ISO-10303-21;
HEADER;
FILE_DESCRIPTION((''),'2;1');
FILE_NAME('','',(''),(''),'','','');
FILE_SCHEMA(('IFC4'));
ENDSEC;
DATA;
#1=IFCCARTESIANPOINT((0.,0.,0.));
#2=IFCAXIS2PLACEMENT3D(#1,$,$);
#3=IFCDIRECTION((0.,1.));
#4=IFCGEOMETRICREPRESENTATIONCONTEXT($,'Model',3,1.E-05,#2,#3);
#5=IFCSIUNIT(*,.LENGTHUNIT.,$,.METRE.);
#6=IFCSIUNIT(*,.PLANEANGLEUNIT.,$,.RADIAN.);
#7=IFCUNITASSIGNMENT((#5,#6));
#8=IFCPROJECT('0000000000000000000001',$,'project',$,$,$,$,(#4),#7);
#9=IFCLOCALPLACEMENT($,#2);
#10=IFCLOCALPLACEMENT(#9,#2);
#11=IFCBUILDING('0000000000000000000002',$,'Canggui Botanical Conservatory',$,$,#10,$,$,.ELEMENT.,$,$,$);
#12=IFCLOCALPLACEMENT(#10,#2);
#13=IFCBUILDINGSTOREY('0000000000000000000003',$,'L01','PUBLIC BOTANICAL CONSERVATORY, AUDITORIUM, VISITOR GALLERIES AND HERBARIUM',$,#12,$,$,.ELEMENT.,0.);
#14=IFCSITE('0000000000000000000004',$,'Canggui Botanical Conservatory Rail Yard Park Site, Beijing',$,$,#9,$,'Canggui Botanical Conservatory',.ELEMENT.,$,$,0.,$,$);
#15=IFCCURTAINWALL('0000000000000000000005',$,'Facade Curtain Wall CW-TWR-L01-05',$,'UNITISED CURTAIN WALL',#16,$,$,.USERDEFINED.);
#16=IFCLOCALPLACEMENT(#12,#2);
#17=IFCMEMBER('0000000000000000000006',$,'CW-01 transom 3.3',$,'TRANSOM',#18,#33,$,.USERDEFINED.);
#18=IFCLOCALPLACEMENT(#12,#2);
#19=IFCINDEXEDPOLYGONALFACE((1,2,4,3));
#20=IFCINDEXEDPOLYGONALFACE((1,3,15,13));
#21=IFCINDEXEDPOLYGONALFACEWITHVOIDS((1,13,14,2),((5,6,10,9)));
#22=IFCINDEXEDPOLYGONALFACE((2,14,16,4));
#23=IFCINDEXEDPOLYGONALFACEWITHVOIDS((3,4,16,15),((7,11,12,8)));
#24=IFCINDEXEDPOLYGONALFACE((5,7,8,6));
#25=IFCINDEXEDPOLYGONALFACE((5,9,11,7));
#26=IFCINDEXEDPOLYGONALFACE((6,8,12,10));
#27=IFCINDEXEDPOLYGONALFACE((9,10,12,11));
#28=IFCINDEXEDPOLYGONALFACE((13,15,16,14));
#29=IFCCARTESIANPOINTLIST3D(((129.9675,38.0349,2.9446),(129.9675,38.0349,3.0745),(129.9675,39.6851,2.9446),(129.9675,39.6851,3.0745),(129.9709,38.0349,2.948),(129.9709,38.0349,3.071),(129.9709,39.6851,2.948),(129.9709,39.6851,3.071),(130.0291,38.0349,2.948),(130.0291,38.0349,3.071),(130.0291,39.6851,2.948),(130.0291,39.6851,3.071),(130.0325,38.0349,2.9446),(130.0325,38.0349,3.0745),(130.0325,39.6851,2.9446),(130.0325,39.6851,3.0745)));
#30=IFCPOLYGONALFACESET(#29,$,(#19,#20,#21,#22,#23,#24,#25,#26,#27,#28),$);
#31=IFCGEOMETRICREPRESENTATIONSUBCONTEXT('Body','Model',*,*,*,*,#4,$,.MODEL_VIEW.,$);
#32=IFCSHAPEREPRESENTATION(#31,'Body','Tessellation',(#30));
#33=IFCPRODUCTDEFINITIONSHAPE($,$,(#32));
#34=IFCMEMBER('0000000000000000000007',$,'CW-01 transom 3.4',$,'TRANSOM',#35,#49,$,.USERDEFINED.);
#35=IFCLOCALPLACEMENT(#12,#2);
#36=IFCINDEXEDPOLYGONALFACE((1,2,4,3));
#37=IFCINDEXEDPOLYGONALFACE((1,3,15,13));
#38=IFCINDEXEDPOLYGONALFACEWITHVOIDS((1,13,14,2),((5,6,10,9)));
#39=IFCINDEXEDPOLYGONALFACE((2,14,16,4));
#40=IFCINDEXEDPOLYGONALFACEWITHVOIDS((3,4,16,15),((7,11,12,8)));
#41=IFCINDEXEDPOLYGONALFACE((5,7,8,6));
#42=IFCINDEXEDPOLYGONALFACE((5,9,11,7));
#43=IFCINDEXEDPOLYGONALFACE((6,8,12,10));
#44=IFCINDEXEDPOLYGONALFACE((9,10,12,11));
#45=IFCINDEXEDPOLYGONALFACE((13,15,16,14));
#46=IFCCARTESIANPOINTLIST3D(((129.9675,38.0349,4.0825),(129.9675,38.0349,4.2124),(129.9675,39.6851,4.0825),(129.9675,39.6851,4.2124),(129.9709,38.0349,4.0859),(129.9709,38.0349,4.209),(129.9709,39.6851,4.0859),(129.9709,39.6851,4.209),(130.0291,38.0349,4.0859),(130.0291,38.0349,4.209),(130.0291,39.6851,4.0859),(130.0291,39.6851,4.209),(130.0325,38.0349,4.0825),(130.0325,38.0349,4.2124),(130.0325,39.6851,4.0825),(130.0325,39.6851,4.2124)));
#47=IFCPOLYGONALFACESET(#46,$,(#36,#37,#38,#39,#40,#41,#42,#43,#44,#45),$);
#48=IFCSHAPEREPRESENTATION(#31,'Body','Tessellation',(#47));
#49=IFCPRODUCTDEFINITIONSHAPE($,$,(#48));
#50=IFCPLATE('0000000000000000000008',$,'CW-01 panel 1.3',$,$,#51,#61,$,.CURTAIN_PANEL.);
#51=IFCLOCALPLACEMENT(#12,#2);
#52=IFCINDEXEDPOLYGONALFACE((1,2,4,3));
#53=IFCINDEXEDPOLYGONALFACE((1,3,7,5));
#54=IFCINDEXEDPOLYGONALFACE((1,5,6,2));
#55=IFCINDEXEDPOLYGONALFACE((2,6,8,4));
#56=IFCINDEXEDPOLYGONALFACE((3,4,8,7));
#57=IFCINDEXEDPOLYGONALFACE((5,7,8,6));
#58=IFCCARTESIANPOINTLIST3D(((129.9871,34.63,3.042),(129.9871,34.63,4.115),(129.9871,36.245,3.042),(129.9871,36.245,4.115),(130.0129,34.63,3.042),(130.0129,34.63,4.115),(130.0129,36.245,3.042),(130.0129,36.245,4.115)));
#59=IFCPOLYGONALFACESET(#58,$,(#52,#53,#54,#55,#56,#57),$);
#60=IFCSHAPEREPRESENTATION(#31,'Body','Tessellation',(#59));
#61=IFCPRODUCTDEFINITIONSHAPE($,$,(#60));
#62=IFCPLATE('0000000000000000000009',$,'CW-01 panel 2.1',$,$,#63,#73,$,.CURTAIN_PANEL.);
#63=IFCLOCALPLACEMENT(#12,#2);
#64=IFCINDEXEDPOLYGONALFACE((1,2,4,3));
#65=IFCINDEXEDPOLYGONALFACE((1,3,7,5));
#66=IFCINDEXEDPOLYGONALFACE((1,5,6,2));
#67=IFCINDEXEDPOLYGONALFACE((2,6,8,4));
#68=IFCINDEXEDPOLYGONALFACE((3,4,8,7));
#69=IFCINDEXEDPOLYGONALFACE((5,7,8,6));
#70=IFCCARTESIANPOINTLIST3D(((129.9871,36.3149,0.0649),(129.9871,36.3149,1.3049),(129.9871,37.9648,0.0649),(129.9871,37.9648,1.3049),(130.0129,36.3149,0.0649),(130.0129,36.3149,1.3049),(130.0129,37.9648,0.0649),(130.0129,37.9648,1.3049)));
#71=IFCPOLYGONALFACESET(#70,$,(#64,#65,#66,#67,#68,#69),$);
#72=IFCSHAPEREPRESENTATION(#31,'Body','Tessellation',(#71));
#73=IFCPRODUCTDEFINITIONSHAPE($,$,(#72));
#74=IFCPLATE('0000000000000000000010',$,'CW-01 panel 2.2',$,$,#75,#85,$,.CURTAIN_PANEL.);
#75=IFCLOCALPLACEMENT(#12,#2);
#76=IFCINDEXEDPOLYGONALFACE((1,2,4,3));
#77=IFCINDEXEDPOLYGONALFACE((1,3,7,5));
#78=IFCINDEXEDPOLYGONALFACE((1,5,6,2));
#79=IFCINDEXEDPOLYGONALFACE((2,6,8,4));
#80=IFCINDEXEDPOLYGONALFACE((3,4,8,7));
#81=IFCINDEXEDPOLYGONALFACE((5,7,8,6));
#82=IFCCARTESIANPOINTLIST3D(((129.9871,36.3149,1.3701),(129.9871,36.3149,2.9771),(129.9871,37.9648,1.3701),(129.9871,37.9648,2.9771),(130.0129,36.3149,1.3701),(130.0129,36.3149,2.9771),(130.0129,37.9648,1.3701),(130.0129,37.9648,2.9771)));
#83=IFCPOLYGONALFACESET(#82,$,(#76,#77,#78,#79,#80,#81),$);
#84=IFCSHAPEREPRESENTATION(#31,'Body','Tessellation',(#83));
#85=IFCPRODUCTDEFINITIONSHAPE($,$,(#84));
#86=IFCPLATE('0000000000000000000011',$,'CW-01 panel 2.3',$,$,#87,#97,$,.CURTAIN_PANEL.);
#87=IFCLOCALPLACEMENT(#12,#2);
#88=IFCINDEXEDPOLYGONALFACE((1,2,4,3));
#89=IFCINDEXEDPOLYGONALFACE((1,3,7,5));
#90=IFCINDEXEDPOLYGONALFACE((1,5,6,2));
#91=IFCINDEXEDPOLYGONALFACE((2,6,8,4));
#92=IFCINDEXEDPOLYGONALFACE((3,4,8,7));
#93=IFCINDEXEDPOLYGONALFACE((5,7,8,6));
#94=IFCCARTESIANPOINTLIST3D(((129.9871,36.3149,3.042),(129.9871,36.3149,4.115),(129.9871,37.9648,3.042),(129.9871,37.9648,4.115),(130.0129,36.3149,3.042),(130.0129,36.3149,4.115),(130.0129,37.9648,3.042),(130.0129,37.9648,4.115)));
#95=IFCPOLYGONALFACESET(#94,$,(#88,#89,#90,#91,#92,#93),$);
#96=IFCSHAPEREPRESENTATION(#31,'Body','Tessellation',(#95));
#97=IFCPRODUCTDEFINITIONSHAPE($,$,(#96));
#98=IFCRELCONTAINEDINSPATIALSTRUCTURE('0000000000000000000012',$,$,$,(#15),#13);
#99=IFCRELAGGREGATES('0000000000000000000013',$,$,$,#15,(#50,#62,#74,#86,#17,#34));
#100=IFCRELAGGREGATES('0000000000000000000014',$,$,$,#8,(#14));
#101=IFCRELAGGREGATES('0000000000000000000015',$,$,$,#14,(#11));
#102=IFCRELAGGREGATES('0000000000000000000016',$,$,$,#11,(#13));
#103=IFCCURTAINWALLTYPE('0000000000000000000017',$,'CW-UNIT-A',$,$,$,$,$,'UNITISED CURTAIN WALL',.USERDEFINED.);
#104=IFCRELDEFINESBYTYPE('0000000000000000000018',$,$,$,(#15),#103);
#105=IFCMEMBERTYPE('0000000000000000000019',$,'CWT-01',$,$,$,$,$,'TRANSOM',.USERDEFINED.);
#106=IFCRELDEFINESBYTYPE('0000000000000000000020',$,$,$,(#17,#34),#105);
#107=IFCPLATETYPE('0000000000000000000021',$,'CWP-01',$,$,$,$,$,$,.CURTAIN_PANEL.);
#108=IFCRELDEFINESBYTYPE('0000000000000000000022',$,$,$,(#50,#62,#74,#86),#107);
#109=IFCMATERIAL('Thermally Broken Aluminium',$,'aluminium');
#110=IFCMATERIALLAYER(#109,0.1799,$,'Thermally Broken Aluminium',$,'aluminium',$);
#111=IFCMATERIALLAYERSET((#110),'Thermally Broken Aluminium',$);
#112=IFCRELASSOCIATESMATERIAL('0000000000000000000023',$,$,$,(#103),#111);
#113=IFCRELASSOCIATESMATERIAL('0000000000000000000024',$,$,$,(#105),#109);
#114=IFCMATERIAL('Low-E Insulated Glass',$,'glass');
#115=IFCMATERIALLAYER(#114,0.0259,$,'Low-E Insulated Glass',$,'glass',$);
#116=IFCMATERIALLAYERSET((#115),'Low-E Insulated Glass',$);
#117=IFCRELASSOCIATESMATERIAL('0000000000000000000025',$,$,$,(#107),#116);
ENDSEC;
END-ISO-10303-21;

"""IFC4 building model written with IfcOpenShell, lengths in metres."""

from ifc_helpers import new_model, si_unit, direction, frame, origin, origin_2d, place, context, subcontext, project, spatial, rectangle, hollow_rectangle, extrude, material, layer, layer_set, material_profile, profile_set, type_object, element, aggregate, save


model = new_model("IFC4")

# Units and contexts
model_context = context("Model", 3, precision=1e-05, world=origin(), true_north=direction((0.0, 1.0)))
body_context = subcontext(model_context, "Body", "Model", "MODEL_VIEW")
ifc_project = project(units=[si_unit("LENGTHUNIT", "METRE"), si_unit("PLANEANGLEUNIT", "RADIAN")], contexts=[model_context])

# Site, building, storey
site_placement = place(None, origin())
site = spatial("IfcSite", under=ifc_project, at=site_placement, Name="Canggui Botanical Conservatory Rail Yard Park Site, Beijing", LongName="Canggui Botanical Conservatory", CompositionType="ELEMENT", RefElevation=0.0)
building_placement = place(site_placement, origin())
building = spatial("IfcBuilding", under=site, at=building_placement, Name="Canggui Botanical Conservatory", CompositionType="ELEMENT")
storey_placement = place(building_placement, origin())
storey = spatial("IfcBuildingStorey", under=building, at=storey_placement, Name="L01", Description="PUBLIC BOTANICAL CONSERVATORY, AUDITORIUM, VISITOR GALLERIES AND HERBARIUM", CompositionType="ELEMENT", Elevation=0.0)

# Curtain wall, members, plates
ifc_material_1 = material(Name="Thermally Broken Aluminium", Category="aluminium")
ifc_layer_1 = layer(ifc_material_1, 0.1799, Name="Thermally Broken Aluminium", Category="aluminium")
ifc_layer_set_1 = layer_set([ifc_layer_1], Name="Thermally Broken Aluminium")
curtain_wall_type = type_object("IfcCurtainWallType", Name="CW-UNIT-A", ElementType="UNITISED CURTAIN WALL", PredefinedType="USERDEFINED", material=ifc_layer_set_1)
curtain_wall_placement = place(storey_placement, origin())
curtain_wall = element("IfcCurtainWall", 1, at=curtain_wall_placement, inside=storey, type_object=curtain_wall_type, Name="Facade Curtain Wall CW-TWR-L01-05", ObjectType="UNITISED CURTAIN WALL", PredefinedType="USERDEFINED")
ifc_material_profile_1 = material_profile(ifc_material_1, hollow_rectangle(XDim=0.0649, YDim=0.1299, WallThickness=0.0034, at=origin_2d()), Name="CWT 65x130x3.5")
ifc_profile_set_1 = profile_set([ifc_material_profile_1], Name="Thermally Broken Aluminium")
member_type_1 = type_object("IfcMemberType", Name="CWT-01", ElementType="TRANSOM", PredefinedType="USERDEFINED", material=ifc_profile_set_1)
member_1_placement = place(storey_placement, frame((130.0, 38.0349, 3.0095), z_axis=(0.0, 1.0, 0.0), x_axis=(-1.0, 0.0, 0.0)))
member_1 = element("IfcMember", 2, at=member_1_placement, type_object=member_type_1, Name="CW-01 transom 3.3", ObjectType="TRANSOM", PredefinedType="USERDEFINED", context=body_context, shape_type="SweptSolid", body=[
    extrude(hollow_rectangle(XDim=0.0649, YDim=0.1299, WallThickness=0.0034, at=origin_2d()), origin(), (0.0, 0.0, 1.0), 1.6501),
])
member_2_placement = place(storey_placement, frame((130.0, 38.0349, 4.1475), z_axis=(0.0, 1.0, 0.0), x_axis=(-1.0, 0.0, 0.0)))
member_2 = element("IfcMember", 3, at=member_2_placement, type_object=member_type_1, Name="CW-01 transom 3.4", ObjectType="TRANSOM", PredefinedType="USERDEFINED", context=body_context, shape_type="SweptSolid", body=[
    extrude(hollow_rectangle(XDim=0.0649, YDim=0.1299, WallThickness=0.0034, at=origin_2d()), origin(), (0.0, 0.0, 1.0), 1.6501),
])
ifc_material_2 = material(Name="Low-E Insulated Glass", Category="glass")
ifc_layer_2 = layer(ifc_material_2, 0.0259, Name="Low-E Insulated Glass", Category="glass")
ifc_layer_set_2 = layer_set([ifc_layer_2], Name="Low-E Insulated Glass")
plate_type = type_object("IfcPlateType", Name="CWP-01", PredefinedType="CURTAIN_PANEL", material=ifc_layer_set_2)
plate_1_placement = place(storey_placement, frame((130.0, 35.4375, 3.042), z_axis=(0.0, 0.0, 1.0), x_axis=(0.0, 1.0, 0.0)))
plate_1 = element("IfcPlate", 4, at=plate_1_placement, type_object=plate_type, Name="CW-01 panel 1.3", PredefinedType="CURTAIN_PANEL", context=body_context, shape_type="SweptSolid", body=[
    extrude(rectangle(XDim=1.615, YDim=0.0259, at=origin_2d()), origin(), (0.0, 0.0, 1.0), 1.073),
])
plate_2_placement = place(storey_placement, frame((130.0, 37.1399, 0.0649), z_axis=(0.0, 0.0, 1.0), x_axis=(0.0, 1.0, 0.0)))
plate_2 = element("IfcPlate", 5, at=plate_2_placement, type_object=plate_type, Name="CW-01 panel 2.1", PredefinedType="CURTAIN_PANEL", context=body_context, shape_type="SweptSolid", body=[
    extrude(rectangle(XDim=1.6499, YDim=0.0259, at=origin_2d()), origin(), (0.0, 0.0, 1.0), 1.24),
])
plate_3_placement = place(storey_placement, frame((130.0, 37.1399, 1.3701), z_axis=(0.0, 0.0, 1.0), x_axis=(0.0, 1.0, 0.0)))
plate_3 = element("IfcPlate", 6, at=plate_3_placement, type_object=plate_type, Name="CW-01 panel 2.2", PredefinedType="CURTAIN_PANEL", context=body_context, shape_type="SweptSolid", body=[
    extrude(rectangle(XDim=1.6499, YDim=0.0259, at=origin_2d()), origin(), (0.0, 0.0, 1.0), 1.6069),
])
plate_4_placement = place(storey_placement, frame((130.0, 37.1399, 3.042), z_axis=(0.0, 0.0, 1.0), x_axis=(0.0, 1.0, 0.0)))
plate_4 = element("IfcPlate", 7, at=plate_4_placement, type_object=plate_type, Name="CW-01 panel 2.3", PredefinedType="CURTAIN_PANEL", context=body_context, shape_type="SweptSolid", body=[
    extrude(rectangle(XDim=1.6499, YDim=0.0259, at=origin_2d()), origin(), (0.0, 0.0, 1.0), 1.073),
])
aggregate(curtain_wall, [plate_1, plate_2, plate_3, plate_4, member_1, member_2])

save(model, "model.ifc")
